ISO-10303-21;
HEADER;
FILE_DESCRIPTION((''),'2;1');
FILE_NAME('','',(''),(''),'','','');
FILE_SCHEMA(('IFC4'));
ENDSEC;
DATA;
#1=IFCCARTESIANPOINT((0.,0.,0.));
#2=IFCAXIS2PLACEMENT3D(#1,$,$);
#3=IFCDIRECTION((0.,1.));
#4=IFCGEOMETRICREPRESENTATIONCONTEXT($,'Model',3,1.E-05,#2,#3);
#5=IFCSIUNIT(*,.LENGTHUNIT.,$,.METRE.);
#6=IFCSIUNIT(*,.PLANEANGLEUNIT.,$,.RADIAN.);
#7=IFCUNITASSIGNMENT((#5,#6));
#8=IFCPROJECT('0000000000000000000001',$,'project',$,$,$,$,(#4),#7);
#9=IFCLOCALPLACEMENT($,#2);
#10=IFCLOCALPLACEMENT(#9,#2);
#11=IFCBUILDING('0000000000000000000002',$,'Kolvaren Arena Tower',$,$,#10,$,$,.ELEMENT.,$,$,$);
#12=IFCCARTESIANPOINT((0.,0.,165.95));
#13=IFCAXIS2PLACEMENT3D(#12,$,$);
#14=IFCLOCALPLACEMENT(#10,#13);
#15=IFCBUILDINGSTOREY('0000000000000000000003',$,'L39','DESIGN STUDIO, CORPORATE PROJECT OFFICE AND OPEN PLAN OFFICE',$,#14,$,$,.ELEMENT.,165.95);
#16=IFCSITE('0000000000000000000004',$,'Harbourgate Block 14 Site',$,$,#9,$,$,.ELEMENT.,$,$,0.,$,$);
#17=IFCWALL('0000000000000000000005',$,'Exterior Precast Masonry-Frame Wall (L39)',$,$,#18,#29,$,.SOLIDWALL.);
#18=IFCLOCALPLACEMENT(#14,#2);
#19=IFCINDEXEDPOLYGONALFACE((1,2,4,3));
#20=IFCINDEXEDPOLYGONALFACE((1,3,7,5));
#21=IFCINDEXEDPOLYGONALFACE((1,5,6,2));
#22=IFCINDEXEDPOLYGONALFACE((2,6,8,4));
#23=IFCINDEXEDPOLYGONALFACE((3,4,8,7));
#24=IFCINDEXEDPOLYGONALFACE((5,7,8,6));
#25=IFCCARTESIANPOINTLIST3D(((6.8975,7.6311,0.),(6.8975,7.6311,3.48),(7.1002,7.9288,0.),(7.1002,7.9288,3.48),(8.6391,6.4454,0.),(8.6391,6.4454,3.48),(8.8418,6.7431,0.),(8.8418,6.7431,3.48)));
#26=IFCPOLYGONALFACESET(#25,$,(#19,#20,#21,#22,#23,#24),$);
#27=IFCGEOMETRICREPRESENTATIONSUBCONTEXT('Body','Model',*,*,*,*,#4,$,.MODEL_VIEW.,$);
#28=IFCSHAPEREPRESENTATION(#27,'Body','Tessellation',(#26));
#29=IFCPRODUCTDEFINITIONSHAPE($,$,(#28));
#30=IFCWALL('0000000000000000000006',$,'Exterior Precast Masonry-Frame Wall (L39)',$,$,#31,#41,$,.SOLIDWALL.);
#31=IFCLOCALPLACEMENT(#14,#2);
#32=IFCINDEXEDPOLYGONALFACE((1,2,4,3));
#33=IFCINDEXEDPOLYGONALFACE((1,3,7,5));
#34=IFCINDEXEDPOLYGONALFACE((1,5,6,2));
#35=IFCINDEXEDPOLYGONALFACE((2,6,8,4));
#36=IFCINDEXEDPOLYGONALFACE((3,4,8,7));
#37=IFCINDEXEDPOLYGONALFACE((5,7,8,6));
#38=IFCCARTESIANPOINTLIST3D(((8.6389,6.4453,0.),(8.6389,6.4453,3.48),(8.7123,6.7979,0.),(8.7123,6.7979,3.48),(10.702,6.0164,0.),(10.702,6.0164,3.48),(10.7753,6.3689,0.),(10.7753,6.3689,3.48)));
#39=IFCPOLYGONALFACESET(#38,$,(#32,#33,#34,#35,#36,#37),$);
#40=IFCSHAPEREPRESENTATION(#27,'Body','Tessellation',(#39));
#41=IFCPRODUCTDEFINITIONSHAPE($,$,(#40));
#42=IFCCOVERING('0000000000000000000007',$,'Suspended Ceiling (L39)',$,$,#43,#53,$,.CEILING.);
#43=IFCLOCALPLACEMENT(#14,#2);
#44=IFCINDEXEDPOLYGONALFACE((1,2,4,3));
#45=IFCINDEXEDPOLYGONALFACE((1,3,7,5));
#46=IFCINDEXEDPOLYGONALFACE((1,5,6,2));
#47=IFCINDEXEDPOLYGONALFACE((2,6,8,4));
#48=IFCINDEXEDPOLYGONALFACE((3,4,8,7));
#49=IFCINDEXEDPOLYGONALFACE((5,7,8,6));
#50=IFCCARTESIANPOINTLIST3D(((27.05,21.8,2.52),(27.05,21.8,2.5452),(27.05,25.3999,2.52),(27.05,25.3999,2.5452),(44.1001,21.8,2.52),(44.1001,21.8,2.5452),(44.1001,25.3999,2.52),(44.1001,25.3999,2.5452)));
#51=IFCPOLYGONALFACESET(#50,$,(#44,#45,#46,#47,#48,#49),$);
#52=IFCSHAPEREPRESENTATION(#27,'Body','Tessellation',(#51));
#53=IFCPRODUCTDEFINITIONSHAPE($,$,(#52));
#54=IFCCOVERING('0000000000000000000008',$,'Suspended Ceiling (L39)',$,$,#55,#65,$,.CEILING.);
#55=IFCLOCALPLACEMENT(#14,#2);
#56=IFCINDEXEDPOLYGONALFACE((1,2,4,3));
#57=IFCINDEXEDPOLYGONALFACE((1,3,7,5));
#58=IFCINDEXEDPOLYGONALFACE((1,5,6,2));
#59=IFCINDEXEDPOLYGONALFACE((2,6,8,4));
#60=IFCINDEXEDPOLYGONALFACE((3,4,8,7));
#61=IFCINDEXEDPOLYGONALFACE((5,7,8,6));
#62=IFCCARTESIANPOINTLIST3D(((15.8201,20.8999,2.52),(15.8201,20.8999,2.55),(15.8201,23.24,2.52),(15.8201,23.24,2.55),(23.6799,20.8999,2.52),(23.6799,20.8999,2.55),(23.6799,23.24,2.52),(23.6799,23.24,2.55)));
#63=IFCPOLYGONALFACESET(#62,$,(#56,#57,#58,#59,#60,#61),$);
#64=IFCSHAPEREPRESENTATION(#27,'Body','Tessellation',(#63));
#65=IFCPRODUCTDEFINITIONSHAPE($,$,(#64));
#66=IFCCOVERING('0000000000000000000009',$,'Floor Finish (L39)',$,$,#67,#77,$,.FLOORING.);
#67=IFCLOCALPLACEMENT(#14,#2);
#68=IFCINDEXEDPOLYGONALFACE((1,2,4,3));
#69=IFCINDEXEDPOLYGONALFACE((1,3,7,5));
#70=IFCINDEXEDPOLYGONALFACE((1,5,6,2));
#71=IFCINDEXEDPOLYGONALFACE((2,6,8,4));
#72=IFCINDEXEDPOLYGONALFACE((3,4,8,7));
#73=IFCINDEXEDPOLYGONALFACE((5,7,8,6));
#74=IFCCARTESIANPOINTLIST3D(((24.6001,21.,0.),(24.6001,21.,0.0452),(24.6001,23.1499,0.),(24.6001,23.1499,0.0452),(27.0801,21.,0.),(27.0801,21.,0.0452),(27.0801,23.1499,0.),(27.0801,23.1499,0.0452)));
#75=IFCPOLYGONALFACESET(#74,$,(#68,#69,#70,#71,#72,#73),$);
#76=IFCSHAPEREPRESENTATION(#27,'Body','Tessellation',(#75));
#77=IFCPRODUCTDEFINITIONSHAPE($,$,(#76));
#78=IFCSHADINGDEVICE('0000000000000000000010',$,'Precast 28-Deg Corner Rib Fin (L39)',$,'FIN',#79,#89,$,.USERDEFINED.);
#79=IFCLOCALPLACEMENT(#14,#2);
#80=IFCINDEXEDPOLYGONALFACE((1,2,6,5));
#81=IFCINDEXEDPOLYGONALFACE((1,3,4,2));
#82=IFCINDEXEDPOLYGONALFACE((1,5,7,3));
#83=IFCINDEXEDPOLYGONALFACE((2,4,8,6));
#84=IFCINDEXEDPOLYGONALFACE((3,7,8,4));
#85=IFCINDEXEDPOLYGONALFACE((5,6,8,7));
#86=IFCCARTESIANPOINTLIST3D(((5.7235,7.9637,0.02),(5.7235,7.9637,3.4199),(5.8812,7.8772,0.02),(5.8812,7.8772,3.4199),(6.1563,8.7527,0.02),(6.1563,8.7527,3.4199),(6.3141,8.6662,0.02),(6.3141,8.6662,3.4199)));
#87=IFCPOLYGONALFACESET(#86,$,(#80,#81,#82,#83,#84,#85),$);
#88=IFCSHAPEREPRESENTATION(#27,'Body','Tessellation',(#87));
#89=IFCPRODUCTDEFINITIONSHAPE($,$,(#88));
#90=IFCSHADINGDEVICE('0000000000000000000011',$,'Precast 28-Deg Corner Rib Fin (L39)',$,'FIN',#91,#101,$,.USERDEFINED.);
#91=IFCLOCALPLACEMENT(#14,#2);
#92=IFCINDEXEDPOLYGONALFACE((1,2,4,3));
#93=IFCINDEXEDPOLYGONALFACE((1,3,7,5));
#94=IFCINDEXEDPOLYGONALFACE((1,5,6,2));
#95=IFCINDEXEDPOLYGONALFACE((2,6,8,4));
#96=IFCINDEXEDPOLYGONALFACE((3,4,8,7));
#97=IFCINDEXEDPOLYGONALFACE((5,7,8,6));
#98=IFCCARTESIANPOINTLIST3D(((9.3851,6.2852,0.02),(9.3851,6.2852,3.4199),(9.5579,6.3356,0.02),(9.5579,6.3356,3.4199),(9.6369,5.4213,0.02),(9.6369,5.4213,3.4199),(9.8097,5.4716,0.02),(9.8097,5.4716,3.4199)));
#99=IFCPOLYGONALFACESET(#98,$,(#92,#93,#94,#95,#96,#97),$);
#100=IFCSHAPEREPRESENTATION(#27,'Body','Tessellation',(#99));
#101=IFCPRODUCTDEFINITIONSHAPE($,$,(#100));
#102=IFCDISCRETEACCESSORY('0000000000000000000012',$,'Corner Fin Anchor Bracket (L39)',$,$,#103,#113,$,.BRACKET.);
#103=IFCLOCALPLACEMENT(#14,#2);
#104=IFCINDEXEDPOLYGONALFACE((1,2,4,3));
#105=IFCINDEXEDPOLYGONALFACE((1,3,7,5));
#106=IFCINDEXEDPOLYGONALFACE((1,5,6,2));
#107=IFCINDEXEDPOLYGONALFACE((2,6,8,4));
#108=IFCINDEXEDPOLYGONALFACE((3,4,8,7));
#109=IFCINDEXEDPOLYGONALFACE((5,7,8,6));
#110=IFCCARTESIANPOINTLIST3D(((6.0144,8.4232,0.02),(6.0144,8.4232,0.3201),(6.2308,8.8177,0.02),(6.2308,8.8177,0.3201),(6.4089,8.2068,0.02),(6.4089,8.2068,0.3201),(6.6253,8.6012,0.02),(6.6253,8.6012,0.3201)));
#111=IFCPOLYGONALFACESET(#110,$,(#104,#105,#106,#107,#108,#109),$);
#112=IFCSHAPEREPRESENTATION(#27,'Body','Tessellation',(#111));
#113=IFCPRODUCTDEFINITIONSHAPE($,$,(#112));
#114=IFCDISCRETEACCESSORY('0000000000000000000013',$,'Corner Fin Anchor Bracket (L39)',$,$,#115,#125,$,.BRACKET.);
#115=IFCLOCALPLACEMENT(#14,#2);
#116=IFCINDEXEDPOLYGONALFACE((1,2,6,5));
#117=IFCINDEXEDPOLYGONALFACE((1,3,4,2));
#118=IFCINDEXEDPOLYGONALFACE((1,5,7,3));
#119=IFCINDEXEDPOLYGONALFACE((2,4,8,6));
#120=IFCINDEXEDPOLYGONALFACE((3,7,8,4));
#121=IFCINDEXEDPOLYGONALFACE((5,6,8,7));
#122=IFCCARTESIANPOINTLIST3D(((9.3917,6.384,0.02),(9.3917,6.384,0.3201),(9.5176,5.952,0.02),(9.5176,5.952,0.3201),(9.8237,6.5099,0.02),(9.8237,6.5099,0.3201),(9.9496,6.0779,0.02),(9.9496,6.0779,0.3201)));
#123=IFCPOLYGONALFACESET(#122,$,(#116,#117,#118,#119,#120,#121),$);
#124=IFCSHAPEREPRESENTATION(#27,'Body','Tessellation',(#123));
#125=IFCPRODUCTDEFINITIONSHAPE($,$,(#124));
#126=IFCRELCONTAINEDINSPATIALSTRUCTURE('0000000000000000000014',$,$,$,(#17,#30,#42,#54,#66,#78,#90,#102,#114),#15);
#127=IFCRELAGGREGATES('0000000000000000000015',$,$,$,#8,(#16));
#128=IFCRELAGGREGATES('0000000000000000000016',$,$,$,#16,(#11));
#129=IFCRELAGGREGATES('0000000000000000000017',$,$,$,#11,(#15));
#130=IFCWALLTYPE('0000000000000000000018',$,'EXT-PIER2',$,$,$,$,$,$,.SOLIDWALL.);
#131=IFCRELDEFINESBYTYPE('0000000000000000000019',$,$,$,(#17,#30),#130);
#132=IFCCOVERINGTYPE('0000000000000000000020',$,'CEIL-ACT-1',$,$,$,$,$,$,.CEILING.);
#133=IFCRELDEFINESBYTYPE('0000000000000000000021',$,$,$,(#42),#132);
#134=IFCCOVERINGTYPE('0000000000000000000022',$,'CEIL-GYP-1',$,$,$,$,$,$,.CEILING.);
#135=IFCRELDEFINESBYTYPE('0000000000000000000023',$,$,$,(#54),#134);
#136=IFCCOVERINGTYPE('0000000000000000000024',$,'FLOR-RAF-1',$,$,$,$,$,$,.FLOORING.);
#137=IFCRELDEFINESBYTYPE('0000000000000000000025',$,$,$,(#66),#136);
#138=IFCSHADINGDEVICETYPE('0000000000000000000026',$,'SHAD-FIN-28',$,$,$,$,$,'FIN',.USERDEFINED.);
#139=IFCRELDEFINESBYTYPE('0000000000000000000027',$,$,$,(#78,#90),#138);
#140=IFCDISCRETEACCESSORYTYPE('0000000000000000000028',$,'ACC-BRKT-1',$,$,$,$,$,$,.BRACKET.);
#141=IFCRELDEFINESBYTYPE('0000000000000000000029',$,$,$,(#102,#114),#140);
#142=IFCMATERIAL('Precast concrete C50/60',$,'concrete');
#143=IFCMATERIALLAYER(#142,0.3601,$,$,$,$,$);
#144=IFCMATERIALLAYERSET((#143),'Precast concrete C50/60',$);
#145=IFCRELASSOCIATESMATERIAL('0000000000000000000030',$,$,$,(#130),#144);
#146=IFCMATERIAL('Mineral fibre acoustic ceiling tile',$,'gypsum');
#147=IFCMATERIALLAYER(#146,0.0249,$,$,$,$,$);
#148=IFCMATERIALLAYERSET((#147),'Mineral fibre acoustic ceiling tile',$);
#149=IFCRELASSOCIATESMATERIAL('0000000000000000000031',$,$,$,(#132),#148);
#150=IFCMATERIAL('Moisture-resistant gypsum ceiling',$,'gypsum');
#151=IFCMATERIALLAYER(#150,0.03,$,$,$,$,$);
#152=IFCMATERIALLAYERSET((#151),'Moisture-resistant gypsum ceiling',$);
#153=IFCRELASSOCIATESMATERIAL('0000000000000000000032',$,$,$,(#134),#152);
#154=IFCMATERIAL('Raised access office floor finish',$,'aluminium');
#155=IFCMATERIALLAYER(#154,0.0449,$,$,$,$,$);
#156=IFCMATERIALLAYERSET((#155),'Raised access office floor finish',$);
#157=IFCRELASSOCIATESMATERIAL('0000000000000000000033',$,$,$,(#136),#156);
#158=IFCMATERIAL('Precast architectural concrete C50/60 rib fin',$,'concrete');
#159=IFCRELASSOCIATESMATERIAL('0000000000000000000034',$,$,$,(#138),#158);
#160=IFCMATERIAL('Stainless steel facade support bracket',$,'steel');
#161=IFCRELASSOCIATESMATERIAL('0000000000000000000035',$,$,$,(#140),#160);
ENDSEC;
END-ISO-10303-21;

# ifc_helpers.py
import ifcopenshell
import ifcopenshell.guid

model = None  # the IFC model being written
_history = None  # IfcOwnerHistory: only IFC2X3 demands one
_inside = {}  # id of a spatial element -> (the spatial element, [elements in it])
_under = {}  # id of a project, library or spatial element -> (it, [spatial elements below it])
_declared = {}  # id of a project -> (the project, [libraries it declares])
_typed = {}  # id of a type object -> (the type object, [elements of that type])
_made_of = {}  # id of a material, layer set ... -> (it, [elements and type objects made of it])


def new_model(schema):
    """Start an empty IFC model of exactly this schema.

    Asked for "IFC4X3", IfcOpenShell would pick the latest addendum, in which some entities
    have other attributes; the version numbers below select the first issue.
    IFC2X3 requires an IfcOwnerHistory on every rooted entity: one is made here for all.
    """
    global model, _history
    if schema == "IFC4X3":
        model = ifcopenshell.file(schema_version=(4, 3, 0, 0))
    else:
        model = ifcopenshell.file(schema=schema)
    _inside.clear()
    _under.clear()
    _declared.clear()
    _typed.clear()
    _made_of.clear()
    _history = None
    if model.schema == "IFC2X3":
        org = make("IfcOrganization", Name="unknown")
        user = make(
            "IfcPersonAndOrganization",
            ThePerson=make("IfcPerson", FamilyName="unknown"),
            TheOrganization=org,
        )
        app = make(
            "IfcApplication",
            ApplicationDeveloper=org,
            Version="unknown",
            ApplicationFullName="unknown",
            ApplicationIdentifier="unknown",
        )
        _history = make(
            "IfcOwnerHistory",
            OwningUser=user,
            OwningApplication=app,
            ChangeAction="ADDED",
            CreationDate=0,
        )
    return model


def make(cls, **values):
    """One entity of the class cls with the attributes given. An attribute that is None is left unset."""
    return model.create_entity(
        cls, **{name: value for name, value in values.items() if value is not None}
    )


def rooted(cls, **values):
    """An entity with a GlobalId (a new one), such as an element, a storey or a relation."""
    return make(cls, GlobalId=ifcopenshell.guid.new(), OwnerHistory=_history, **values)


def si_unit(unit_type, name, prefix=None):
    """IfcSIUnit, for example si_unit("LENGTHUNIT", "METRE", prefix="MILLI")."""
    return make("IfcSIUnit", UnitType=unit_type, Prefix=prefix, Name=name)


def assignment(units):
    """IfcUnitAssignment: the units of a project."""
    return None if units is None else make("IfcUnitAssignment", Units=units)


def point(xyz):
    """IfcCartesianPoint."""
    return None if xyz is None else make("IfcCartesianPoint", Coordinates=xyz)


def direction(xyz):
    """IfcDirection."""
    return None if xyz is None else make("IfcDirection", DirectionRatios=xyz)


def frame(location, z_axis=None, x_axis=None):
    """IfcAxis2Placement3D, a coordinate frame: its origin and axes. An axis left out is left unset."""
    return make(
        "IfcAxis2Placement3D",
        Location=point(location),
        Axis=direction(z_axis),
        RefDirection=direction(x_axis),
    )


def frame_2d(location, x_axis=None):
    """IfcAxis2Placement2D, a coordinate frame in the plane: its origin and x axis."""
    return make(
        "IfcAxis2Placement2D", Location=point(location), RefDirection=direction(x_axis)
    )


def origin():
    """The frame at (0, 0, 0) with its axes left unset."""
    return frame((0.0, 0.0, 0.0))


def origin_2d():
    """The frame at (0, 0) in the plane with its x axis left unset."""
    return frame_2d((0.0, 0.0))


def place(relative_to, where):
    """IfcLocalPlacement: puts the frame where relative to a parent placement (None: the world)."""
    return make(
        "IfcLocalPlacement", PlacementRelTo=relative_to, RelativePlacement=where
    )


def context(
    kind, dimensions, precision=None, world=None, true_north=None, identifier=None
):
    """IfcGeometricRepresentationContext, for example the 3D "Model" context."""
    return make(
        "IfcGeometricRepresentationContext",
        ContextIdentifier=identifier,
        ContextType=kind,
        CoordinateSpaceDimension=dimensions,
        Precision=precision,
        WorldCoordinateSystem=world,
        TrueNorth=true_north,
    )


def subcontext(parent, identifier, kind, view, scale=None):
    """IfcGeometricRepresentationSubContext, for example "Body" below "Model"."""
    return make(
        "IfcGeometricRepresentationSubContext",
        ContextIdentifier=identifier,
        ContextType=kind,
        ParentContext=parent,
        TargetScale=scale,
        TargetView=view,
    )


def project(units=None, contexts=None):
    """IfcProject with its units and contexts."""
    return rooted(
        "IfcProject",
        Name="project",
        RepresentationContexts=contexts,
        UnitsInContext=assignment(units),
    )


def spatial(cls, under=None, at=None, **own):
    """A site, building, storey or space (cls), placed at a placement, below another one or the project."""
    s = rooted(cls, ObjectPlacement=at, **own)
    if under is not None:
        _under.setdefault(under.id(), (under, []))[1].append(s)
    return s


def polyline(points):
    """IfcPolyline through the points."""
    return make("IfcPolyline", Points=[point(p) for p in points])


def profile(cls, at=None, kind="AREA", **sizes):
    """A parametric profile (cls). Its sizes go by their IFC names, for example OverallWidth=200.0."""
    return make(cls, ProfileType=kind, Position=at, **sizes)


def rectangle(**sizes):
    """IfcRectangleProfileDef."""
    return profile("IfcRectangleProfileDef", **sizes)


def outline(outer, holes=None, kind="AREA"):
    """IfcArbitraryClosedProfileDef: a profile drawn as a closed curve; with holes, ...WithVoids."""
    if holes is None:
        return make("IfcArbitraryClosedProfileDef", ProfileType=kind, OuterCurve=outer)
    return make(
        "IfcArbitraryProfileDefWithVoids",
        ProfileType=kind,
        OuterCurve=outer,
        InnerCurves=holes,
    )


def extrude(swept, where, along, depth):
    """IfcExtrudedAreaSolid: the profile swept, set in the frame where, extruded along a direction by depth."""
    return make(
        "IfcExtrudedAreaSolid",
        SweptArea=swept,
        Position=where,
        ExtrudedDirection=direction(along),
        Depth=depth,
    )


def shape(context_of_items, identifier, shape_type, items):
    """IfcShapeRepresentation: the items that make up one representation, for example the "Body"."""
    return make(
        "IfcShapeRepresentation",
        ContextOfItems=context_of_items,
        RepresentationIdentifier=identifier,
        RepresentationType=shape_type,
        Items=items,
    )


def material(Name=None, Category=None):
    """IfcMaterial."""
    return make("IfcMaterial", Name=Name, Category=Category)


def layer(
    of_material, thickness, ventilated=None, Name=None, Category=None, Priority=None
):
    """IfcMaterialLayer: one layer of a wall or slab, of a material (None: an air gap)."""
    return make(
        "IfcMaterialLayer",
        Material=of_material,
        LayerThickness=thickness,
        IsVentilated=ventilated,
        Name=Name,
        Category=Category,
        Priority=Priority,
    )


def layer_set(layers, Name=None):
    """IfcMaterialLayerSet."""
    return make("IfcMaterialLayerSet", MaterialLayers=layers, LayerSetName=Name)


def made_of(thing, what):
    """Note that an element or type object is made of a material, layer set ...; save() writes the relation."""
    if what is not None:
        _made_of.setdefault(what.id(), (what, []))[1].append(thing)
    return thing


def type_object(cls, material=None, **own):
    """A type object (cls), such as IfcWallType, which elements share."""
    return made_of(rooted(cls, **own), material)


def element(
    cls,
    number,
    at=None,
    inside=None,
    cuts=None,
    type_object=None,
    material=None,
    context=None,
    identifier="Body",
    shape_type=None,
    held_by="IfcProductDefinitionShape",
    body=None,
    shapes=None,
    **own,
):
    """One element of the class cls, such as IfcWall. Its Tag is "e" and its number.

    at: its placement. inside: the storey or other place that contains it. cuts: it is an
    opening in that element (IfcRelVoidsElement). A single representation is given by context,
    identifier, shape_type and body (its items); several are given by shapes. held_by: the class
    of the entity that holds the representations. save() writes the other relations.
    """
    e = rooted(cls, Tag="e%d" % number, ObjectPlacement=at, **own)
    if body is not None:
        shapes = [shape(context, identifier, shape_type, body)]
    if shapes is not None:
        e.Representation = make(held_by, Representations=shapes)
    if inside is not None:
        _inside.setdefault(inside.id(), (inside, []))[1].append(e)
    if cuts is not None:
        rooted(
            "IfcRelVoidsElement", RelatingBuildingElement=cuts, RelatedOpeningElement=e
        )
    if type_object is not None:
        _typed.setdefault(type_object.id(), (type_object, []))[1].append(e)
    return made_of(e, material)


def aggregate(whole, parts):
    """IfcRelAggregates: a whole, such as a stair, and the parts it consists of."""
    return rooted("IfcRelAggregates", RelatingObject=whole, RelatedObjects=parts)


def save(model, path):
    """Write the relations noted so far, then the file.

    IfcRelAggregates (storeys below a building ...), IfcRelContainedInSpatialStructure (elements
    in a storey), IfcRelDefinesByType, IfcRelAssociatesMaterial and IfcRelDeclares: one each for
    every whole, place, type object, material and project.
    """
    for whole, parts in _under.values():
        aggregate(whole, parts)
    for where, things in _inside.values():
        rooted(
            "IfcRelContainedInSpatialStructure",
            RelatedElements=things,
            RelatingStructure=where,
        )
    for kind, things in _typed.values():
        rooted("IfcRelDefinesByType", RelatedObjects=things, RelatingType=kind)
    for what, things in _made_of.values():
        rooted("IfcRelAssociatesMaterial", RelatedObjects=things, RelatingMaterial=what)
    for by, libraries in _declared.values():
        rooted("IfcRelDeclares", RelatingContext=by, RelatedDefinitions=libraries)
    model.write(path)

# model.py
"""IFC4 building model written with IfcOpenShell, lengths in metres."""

from ifc_helpers import new_model, si_unit, direction, frame, frame_2d, origin, origin_2d, place, context, subcontext, project, spatial, polyline, rectangle, outline, extrude, material, layer, layer_set, type_object, element, save


model = new_model("IFC4")

# Units and contexts
model_context = context("Model", 3, precision=1e-05, world=origin(), true_north=direction((0.0, 1.0)))
body_context = subcontext(model_context, "Body", "Model", "MODEL_VIEW")
ifc_project = project(units=[si_unit("LENGTHUNIT", "METRE"), si_unit("PLANEANGLEUNIT", "RADIAN")], contexts=[model_context])

# Site, building, storey
site_placement = place(None, origin())
site = spatial("IfcSite", under=ifc_project, at=site_placement, Name="Harbourgate Block 14 Site", CompositionType="ELEMENT", RefElevation=0.0)
building_placement = place(site_placement, origin())
building = spatial("IfcBuilding", under=site, at=building_placement, Name="Kolvaren Arena Tower", CompositionType="ELEMENT")
storey_placement = place(building_placement, frame((0.0, 0.0, 165.95)))
storey = spatial("IfcBuildingStorey", under=building, at=storey_placement, Name="L39", Description="DESIGN STUDIO, CORPORATE PROJECT OFFICE AND OPEN PLAN OFFICE", CompositionType="ELEMENT", Elevation=165.95)

# Walls
ifc_material_1 = material(Name="Precast concrete C50/60", Category="concrete")
ifc_layer_1 = layer(ifc_material_1, 0.3601)
ifc_layer_set_1 = layer_set([ifc_layer_1], Name="Precast concrete C50/60")
wall_type = type_object("IfcWallType", Name="EXT-PIER2", PredefinedType="SOLIDWALL", material=ifc_layer_set_1)
for number, where, z_axis, x_axis, name in (
    (1, (8.7405, 6.5942, 0.0), (0.0, 0.0, 1.0), (-0.82661, 0.562776, 0.0), "Exterior Precast Masonry-Frame Wall (L39)"),
):
    element("IfcWall", number, at=place(storey_placement, frame(where, z_axis=z_axis, x_axis=x_axis)), inside=storey, type_object=wall_type, Name=name, PredefinedType="SOLIDWALL", context=body_context, shape_type="SweptSolid", body=[
        extrude(rectangle(XDim=2.1069, YDim=0.3601, at=frame_2d((1.0535, 0.0))), origin(), (0.0, 0.0, 1.0), 3.48),
    ])
wall_placement = place(storey_placement, frame((10.7388, 6.1926, 0.0), z_axis=(0.0, 0.0, 1.0), x_axis=(-0.979059, 0.203575, 0.0)))
element("IfcWall", 2, at=wall_placement, inside=storey, type_object=wall_type, Name="Exterior Precast Masonry-Frame Wall (L39)", PredefinedType="SOLIDWALL", context=body_context, shape_type="SweptSolid", body=[
    extrude(rectangle(XDim=2.1072, YDim=0.3601, at=frame_2d((1.0537, 0.0))), origin(), (0.0, 0.0, 1.0), 3.48),
])

# Coverings
ifc_material_2 = material(Name="Mineral fibre acoustic ceiling tile", Category="gypsum")
ifc_layer_2 = layer(ifc_material_2, 0.0249)
ifc_layer_set_2 = layer_set([ifc_layer_2], Name="Mineral fibre acoustic ceiling tile")
covering_type_1 = type_object("IfcCoveringType", Name="CEIL-ACT-1", PredefinedType="CEILING", material=ifc_layer_set_2)
covering_1_placement = place(storey_placement, frame((0.0, 0.0, 2.52)))
element("IfcCovering", 3, at=covering_1_placement, inside=storey, type_object=covering_type_1, Name="Suspended Ceiling (L39)", PredefinedType="CEILING", context=body_context, shape_type="SweptSolid", body=[
    extrude(outline(polyline([(27.05, 21.8), (27.05, 25.3999), (44.1001, 25.3999), (44.1001, 21.8), (27.05, 21.8)])), origin(), (0.0, 0.0, 1.0), 0.0251),
])
ifc_material_3 = material(Name="Moisture-resistant gypsum ceiling", Category="gypsum")
ifc_layer_3 = layer(ifc_material_3, 0.03)
ifc_layer_set_3 = layer_set([ifc_layer_3], Name="Moisture-resistant gypsum ceiling")
covering_type_2 = type_object("IfcCoveringType", Name="CEIL-GYP-1", PredefinedType="CEILING", material=ifc_layer_set_3)
covering_2_placement = place(storey_placement, frame((0.0, 0.0, 2.52)))
element("IfcCovering", 4, at=covering_2_placement, inside=storey, type_object=covering_type_2, Name="Suspended Ceiling (L39)", PredefinedType="CEILING", context=body_context, shape_type="SweptSolid", body=[
    extrude(outline(polyline([(15.8201, 20.8999), (15.8201, 23.24), (23.6799, 23.24), (23.6799, 20.8999), (15.8201, 20.8999)])), origin(), (0.0, 0.0, 1.0), 0.03),
])
ifc_material_4 = material(Name="Raised access office floor finish", Category="aluminium")
ifc_layer_4 = layer(ifc_material_4, 0.0449)
ifc_layer_set_4 = layer_set([ifc_layer_4], Name="Raised access office floor finish")
covering_type_3 = type_object("IfcCoveringType", Name="FLOR-RAF-1", PredefinedType="FLOORING", material=ifc_layer_set_4)
covering_3_placement = place(storey_placement, origin())
element("IfcCovering", 5, at=covering_3_placement, inside=storey, type_object=covering_type_3, Name="Floor Finish (L39)", PredefinedType="FLOORING", context=body_context, shape_type="SweptSolid", body=[
    extrude(outline(polyline([(24.6001, 21.0), (24.6001, 23.1499), (27.0801, 23.1499), (27.0801, 21.0), (24.6001, 21.0)])), origin(), (0.0, 0.0, 1.0), 0.0452),
])

# Shading devices
ifc_material_5 = material(Name="Precast architectural concrete C50/60 rib fin", Category="concrete")
shading_device_type = type_object("IfcShadingDeviceType", Name="SHAD-FIN-28", ElementType="FIN", PredefinedType="USERDEFINED", material=ifc_material_5)
for number, where, z_axis, x_axis, name in (
    (6, (6.0188, 8.3149, 0.02), (0.0, 0.0, 1.0), (-0.480995, -0.876723, 0.0), "Precast 28-Deg Corner Rib Fin (L39)"),
    (7, (9.5974, 5.8784, 0.02), (0.0, 0.0, 1.0), (0.279812, -0.960055, 0.0), "Precast 28-Deg Corner Rib Fin (L39)"),
):
    element("IfcShadingDevice", number, at=place(storey_placement, frame(where, z_axis=z_axis, x_axis=x_axis)), inside=storey, type_object=shading_device_type, Name=name, ObjectType="FIN", PredefinedType="USERDEFINED", context=body_context, shape_type="SweptSolid", body=[
        extrude(rectangle(XDim=0.8999, YDim=0.1799, at=origin_2d()), origin(), (0.0, 0.0, 1.0), 3.3999),
    ])

# Discrete accessories
ifc_material_6 = material(Name="Stainless steel facade support bracket", Category="steel")
discrete_accessory_type = type_object("IfcDiscreteAccessoryType", Name="ACC-BRKT-1", PredefinedType="BRACKET", material=ifc_material_6)
for number, where, z_axis, x_axis, name in (
    (8, (6.3198, 8.5122, 0.02), (0.0, 0.0, 1.0), (-0.480995, -0.876723, 0.0), "Corner Fin Anchor Bracket (L39)"),
    (9, (9.6707, 6.231, 0.02), (0.0, 0.0, 1.0), (0.279812, -0.960055, 0.0), "Corner Fin Anchor Bracket (L39)"),
):
    element("IfcDiscreteAccessory", number, at=place(storey_placement, frame(where, z_axis=z_axis, x_axis=x_axis)), inside=storey, type_object=discrete_accessory_type, Name=name, PredefinedType="BRACKET", context=body_context, shape_type="SweptSolid", body=[
        extrude(rectangle(XDim=0.45, YDim=0.45, at=origin_2d()), origin(), (0.0, 0.0, 1.0), 0.3),
    ])

save(model, "model.ifc")
